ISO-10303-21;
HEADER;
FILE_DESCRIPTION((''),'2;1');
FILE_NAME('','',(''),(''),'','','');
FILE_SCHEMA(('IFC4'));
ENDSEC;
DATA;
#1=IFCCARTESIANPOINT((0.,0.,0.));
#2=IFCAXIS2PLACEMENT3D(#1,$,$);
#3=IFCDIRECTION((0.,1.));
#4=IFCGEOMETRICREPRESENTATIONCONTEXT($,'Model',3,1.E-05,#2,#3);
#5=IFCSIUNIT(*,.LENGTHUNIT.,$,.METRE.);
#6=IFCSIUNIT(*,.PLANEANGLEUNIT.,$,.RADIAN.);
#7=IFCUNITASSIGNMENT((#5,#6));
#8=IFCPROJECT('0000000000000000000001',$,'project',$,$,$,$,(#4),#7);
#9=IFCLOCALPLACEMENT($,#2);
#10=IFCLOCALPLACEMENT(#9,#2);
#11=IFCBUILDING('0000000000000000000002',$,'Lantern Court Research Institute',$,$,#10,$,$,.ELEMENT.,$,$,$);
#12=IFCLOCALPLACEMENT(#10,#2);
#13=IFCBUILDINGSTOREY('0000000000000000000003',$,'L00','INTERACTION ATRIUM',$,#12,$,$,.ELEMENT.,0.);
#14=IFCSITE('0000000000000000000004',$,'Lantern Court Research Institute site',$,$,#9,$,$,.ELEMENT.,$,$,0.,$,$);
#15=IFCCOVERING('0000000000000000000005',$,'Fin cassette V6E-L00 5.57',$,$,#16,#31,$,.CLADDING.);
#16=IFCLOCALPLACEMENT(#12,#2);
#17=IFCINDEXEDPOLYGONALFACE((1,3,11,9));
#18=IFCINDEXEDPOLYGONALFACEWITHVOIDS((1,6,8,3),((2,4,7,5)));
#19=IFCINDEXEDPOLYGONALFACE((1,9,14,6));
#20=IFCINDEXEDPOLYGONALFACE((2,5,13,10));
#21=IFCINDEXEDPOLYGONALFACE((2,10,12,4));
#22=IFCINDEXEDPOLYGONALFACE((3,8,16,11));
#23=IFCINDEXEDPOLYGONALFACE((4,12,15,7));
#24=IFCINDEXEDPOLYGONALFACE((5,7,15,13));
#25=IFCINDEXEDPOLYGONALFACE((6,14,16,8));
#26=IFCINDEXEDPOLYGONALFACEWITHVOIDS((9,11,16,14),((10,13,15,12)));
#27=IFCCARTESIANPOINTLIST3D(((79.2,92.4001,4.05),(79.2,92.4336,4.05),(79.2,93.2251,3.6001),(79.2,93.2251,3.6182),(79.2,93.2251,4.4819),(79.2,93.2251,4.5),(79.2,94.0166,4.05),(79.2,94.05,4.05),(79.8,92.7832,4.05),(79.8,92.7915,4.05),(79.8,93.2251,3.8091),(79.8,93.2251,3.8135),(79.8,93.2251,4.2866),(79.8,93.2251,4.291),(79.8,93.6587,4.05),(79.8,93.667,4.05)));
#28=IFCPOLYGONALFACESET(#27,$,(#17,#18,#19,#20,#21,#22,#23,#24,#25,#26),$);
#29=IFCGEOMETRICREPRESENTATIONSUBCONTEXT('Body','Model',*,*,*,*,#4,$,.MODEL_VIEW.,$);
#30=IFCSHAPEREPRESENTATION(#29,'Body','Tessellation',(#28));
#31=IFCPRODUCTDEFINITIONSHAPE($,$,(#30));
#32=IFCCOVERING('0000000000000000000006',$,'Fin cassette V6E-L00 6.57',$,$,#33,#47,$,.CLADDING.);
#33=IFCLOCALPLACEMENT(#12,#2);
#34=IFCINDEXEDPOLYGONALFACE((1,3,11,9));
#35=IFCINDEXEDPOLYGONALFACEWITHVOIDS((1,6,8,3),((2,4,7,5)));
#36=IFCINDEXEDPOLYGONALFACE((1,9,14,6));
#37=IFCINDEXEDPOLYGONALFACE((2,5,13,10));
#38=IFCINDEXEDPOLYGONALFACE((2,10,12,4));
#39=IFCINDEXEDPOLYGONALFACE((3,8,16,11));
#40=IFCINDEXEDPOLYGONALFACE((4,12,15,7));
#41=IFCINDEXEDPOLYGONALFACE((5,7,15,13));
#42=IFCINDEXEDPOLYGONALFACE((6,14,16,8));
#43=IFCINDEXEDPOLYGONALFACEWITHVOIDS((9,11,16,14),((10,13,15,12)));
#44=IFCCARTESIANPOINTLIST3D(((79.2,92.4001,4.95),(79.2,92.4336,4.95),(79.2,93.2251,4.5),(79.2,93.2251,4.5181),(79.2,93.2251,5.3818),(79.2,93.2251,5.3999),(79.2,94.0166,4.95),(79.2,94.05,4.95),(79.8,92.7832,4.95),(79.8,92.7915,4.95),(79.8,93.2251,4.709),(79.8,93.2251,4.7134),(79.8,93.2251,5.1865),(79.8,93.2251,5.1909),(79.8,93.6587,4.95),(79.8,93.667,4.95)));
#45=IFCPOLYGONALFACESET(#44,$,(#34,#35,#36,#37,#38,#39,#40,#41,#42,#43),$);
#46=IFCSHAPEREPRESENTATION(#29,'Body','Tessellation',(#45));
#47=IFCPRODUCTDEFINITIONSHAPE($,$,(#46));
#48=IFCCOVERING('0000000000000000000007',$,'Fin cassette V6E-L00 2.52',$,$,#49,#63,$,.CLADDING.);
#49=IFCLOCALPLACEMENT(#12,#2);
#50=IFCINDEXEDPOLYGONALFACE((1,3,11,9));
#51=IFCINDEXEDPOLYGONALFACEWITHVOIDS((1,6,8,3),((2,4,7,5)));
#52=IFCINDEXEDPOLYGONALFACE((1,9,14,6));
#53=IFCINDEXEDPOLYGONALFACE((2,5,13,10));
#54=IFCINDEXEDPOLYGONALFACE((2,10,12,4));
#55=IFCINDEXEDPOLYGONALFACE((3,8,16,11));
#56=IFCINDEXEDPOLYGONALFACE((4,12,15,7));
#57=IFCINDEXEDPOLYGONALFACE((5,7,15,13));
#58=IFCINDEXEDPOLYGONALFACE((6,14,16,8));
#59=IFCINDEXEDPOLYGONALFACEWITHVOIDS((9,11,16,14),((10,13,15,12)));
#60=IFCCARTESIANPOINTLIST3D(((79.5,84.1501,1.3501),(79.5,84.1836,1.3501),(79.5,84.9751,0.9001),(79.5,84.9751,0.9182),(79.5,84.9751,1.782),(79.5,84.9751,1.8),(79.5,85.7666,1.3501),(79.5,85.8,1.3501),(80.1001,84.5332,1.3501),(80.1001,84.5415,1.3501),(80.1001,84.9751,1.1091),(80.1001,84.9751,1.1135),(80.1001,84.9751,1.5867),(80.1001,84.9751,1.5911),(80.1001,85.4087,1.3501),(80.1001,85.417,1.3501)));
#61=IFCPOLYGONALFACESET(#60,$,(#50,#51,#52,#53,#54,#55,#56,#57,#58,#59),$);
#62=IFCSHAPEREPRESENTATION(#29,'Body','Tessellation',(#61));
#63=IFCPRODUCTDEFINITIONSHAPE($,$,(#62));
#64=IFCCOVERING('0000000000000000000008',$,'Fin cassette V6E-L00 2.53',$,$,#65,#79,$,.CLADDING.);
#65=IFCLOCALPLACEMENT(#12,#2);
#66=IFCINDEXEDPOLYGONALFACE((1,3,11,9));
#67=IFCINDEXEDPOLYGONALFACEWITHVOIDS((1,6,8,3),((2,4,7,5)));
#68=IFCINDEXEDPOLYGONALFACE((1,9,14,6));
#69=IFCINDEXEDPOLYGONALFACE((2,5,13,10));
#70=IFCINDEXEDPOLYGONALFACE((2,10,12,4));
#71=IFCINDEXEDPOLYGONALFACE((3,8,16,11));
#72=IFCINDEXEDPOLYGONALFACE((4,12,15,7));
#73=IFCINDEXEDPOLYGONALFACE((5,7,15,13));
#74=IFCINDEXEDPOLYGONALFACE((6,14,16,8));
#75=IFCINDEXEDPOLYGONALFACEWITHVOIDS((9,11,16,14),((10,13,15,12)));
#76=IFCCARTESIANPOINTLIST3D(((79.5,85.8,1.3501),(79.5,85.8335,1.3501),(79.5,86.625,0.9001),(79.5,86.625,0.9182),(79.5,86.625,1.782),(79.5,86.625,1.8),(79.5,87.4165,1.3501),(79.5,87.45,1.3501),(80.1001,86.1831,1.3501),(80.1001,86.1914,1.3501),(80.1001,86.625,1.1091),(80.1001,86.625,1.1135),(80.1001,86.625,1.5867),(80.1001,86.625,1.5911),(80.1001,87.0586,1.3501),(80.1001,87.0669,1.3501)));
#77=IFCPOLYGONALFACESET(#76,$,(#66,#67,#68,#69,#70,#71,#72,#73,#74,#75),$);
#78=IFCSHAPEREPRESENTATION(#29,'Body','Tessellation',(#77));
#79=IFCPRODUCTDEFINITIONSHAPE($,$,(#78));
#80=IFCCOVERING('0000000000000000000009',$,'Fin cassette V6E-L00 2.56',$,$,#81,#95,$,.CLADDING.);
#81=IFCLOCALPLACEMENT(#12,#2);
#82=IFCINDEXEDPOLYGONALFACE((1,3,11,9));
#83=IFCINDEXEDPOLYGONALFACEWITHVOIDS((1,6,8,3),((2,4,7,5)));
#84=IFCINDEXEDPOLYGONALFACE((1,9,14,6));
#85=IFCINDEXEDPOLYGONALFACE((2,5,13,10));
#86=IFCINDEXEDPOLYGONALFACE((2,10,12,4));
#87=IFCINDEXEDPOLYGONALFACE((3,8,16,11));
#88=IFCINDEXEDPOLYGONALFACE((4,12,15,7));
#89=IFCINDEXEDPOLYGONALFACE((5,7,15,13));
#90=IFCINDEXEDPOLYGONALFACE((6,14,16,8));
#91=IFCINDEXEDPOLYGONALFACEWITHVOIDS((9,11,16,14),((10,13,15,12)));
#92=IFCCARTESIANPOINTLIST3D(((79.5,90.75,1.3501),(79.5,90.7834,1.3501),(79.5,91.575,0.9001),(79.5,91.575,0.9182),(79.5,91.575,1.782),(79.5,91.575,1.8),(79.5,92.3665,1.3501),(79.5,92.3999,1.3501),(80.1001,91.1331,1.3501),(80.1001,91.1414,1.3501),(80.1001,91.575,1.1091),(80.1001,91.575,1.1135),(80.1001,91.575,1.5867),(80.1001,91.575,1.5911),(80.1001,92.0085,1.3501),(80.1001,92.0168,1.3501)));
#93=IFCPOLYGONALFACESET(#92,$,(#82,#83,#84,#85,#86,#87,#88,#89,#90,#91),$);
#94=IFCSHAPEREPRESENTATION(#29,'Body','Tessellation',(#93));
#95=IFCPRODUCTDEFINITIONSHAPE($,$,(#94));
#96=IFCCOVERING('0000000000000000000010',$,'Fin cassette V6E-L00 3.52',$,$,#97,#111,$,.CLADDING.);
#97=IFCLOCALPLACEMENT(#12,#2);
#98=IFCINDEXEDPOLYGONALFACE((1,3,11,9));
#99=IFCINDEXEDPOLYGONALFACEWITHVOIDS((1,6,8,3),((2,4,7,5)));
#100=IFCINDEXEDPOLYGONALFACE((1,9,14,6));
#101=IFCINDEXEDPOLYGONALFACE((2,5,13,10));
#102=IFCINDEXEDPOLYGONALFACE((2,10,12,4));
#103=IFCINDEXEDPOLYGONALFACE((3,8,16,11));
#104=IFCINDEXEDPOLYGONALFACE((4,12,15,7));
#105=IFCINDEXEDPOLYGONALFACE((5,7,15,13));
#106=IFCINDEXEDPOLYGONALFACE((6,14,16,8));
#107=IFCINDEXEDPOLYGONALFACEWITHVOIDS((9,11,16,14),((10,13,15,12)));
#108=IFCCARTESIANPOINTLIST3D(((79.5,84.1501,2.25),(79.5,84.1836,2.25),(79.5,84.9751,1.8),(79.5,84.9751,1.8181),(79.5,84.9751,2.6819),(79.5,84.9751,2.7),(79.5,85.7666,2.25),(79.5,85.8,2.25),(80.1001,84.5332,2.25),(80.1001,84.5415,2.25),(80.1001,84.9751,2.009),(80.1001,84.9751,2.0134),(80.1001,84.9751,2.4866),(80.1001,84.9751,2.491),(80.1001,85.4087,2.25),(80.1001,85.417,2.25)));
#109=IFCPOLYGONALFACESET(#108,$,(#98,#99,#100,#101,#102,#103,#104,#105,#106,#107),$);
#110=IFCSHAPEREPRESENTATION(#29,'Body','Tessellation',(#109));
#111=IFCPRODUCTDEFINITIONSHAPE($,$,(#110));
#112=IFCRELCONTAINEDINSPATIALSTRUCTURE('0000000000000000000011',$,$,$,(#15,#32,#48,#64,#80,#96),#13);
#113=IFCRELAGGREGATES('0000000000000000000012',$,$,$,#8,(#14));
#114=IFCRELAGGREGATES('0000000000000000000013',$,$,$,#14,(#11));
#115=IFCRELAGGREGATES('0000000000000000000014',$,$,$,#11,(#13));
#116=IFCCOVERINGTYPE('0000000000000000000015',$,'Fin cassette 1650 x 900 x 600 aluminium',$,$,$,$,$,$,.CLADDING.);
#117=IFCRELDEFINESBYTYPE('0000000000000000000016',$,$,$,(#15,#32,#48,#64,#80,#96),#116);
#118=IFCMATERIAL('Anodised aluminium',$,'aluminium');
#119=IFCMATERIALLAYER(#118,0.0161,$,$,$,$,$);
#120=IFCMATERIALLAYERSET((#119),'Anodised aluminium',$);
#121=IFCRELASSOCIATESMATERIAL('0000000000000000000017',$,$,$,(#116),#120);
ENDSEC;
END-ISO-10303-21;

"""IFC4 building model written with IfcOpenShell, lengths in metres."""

from ifc_helpers import new_model, entity, si_unit, direction, frame, origin, place, context, subcontext, project, spatial, material, layer, layer_set, type_object, element, save


model = new_model("IFC4")

# Units and contexts
model_context = context("Model", 3, precision=1e-05, world=origin(), true_north=direction((0.0, 1.0)))
body_context = subcontext(model_context, "Body", "Model", "MODEL_VIEW")
ifc_project = project(units=[si_unit("LENGTHUNIT", "METRE"), si_unit("PLANEANGLEUNIT", "RADIAN")], contexts=[model_context])

# Site, building, storey
site_placement = place(None, origin())
site = spatial("IfcSite", under=ifc_project, at=site_placement, Name="Lantern Court Research Institute site", CompositionType="ELEMENT", RefElevation=0.0)
building_placement = place(site_placement, origin())
building = spatial("IfcBuilding", under=site, at=building_placement, Name="Lantern Court Research Institute", CompositionType="ELEMENT")
storey_placement = place(building_placement, origin())
storey = spatial("IfcBuildingStorey", under=building, at=storey_placement, Name="L00", Description="INTERACTION ATRIUM", CompositionType="ELEMENT", Elevation=0.0)

# Coverings
ifc_material_1 = material(Name="Anodised aluminium", Category="aluminium")
ifc_layer_1 = layer(ifc_material_1, 0.0161)
ifc_layer_set_1 = layer_set([ifc_layer_1], Name="Anodised aluminium")
covering_type_1 = type_object("IfcCoveringType", Name="Fin cassette 1650 x 900 x 600 aluminium", PredefinedType="CLADDING", material=ifc_layer_set_1)
covering_1_placement = place(storey_placement, frame((79.2, 93.2251, 4.05), z_axis=(1.0, 0.0, 0.0), x_axis=(0.0, 1.0, 0.0)))
cartesian_point_1 = entity("IfcCartesianPoint", [0.825, 0.0])
cartesian_point_2 = entity("IfcCartesianPoint", [0.7915, 0.0])
cartesian_point_3 = entity("IfcCartesianPoint", [0.4419, 0.0])
cartesian_point_4 = entity("IfcCartesianPoint", [0.4336, 0.0])
element("IfcCovering", 1, at=covering_1_placement, inside=storey, type_object=covering_type_1, Name="Fin cassette V6E-L00 5.57", PredefinedType="CLADDING", context=body_context, shape_type="SweptSolid", body=[
    entity("IfcExtrudedAreaSolidTapered", entity("IfcArbitraryProfileDefWithVoids", "AREA", None, entity("IfcPolyline", [cartesian_point_1, entity("IfcCartesianPoint", [0.0, 0.45]), entity("IfcCartesianPoint", [-0.825, 0.0]), entity("IfcCartesianPoint", [0.0, -0.45]), cartesian_point_1]), [entity("IfcPolyline", [cartesian_point_2, entity("IfcCartesianPoint", [0.0, 0.4319]), entity("IfcCartesianPoint", [-0.7915, 0.0]), entity("IfcCartesianPoint", [0.0, -0.4319]), cartesian_point_2])]), entity("IfcAxis2Placement3D", entity("IfcCartesianPoint", [0.0, 0.0, 0.0])), entity("IfcDirection", [0.0, 0.0, 1.0]), 0.6001, entity("IfcArbitraryProfileDefWithVoids", "AREA", None, entity("IfcPolyline", [cartesian_point_3, entity("IfcCartesianPoint", [0.0, 0.241]), entity("IfcCartesianPoint", [-0.4419, 0.0]), entity("IfcCartesianPoint", [0.0, -0.241]), cartesian_point_3]), [entity("IfcPolyline", [cartesian_point_4, entity("IfcCartesianPoint", [0.0, 0.2366]), entity("IfcCartesianPoint", [-0.4336, 0.0]), entity("IfcCartesianPoint", [0.0, -0.2366]), cartesian_point_4])])),
])
covering_2_placement = place(storey_placement, frame((79.2, 93.2251, 4.95), z_axis=(1.0, 0.0, 0.0), x_axis=(0.0, 1.0, 0.0)))
cartesian_point_5 = entity("IfcCartesianPoint", [0.825, 0.0])
cartesian_point_6 = entity("IfcCartesianPoint", [0.7915, 0.0])
cartesian_point_7 = entity("IfcCartesianPoint", [0.4419, 0.0])
cartesian_point_8 = entity("IfcCartesianPoint", [0.4336, 0.0])
element("IfcCovering", 2, at=covering_2_placement, inside=storey, type_object=covering_type_1, Name="Fin cassette V6E-L00 6.57", PredefinedType="CLADDING", context=body_context, shape_type="SweptSolid", body=[
    entity("IfcExtrudedAreaSolidTapered", entity("IfcArbitraryProfileDefWithVoids", "AREA", None, entity("IfcPolyline", [cartesian_point_5, entity("IfcCartesianPoint", [0.0, 0.45]), entity("IfcCartesianPoint", [-0.825, 0.0]), entity("IfcCartesianPoint", [0.0, -0.45]), cartesian_point_5]), [entity("IfcPolyline", [cartesian_point_6, entity("IfcCartesianPoint", [0.0, 0.4319]), entity("IfcCartesianPoint", [-0.7915, 0.0]), entity("IfcCartesianPoint", [0.0, -0.4319]), cartesian_point_6])]), entity("IfcAxis2Placement3D", entity("IfcCartesianPoint", [0.0, 0.0, 0.0])), entity("IfcDirection", [0.0, 0.0, 1.0]), 0.6001, entity("IfcArbitraryProfileDefWithVoids", "AREA", None, entity("IfcPolyline", [cartesian_point_7, entity("IfcCartesianPoint", [0.0, 0.241]), entity("IfcCartesianPoint", [-0.4419, 0.0]), entity("IfcCartesianPoint", [0.0, -0.241]), cartesian_point_7]), [entity("IfcPolyline", [cartesian_point_8, entity("IfcCartesianPoint", [0.0, 0.2366]), entity("IfcCartesianPoint", [-0.4336, 0.0]), entity("IfcCartesianPoint", [0.0, -0.2366]), cartesian_point_8])])),
])
covering_3_placement = place(storey_placement, frame((79.5, 84.9751, 1.3501), z_axis=(1.0, 0.0, 0.0), x_axis=(0.0, 1.0, 0.0)))
cartesian_point_9 = entity("IfcCartesianPoint", [0.825, 0.0])
cartesian_point_10 = entity("IfcCartesianPoint", [0.7915, 0.0])
cartesian_point_11 = entity("IfcCartesianPoint", [0.4419, 0.0])
cartesian_point_12 = entity("IfcCartesianPoint", [0.4336, 0.0])
element("IfcCovering", 3, at=covering_3_placement, inside=storey, type_object=covering_type_1, Name="Fin cassette V6E-L00 2.52", PredefinedType="CLADDING", context=body_context, shape_type="SweptSolid", body=[
    entity("IfcExtrudedAreaSolidTapered", entity("IfcArbitraryProfileDefWithVoids", "AREA", None, entity("IfcPolyline", [cartesian_point_9, entity("IfcCartesianPoint", [0.0, 0.45]), entity("IfcCartesianPoint", [-0.825, 0.0]), entity("IfcCartesianPoint", [0.0, -0.45]), cartesian_point_9]), [entity("IfcPolyline", [cartesian_point_10, entity("IfcCartesianPoint", [0.0, 0.4319]), entity("IfcCartesianPoint", [-0.7915, 0.0]), entity("IfcCartesianPoint", [0.0, -0.4319]), cartesian_point_10])]), entity("IfcAxis2Placement3D", entity("IfcCartesianPoint", [0.0, 0.0, 0.0])), entity("IfcDirection", [0.0, 0.0, 1.0]), 0.6001, entity("IfcArbitraryProfileDefWithVoids", "AREA", None, entity("IfcPolyline", [cartesian_point_11, entity("IfcCartesianPoint", [0.0, 0.241]), entity("IfcCartesianPoint", [-0.4419, 0.0]), entity("IfcCartesianPoint", [0.0, -0.241]), cartesian_point_11]), [entity("IfcPolyline", [cartesian_point_12, entity("IfcCartesianPoint", [0.0, 0.2366]), entity("IfcCartesianPoint", [-0.4336, 0.0]), entity("IfcCartesianPoint", [0.0, -0.2366]), cartesian_point_12])])),
])
covering_4_placement = place(storey_placement, frame((79.5, 86.625, 1.3501), z_axis=(1.0, 0.0, 0.0), x_axis=(0.0, 1.0, 0.0)))
cartesian_point_13 = entity("IfcCartesianPoint", [0.825, 0.0])
cartesian_point_14 = entity("IfcCartesianPoint", [0.7915, 0.0])
cartesian_point_15 = entity("IfcCartesianPoint", [0.4419, 0.0])
cartesian_point_16 = entity("IfcCartesianPoint", [0.4336, 0.0])
element("IfcCovering", 4, at=covering_4_placement, inside=storey, type_object=covering_type_1, Name="Fin cassette V6E-L00 2.53", PredefinedType="CLADDING", context=body_context, shape_type="SweptSolid", body=[
    entity("IfcExtrudedAreaSolidTapered", entity("IfcArbitraryProfileDefWithVoids", "AREA", None, entity("IfcPolyline", [cartesian_point_13, entity("IfcCartesianPoint", [0.0, 0.45]), entity("IfcCartesianPoint", [-0.825, 0.0]), entity("IfcCartesianPoint", [0.0, -0.45]), cartesian_point_13]), [entity("IfcPolyline", [cartesian_point_14, entity("IfcCartesianPoint", [0.0, 0.4319]), entity("IfcCartesianPoint", [-0.7915, 0.0]), entity("IfcCartesianPoint", [0.0, -0.4319]), cartesian_point_14])]), entity("IfcAxis2Placement3D", entity("IfcCartesianPoint", [0.0, 0.0, 0.0])), entity("IfcDirection", [0.0, 0.0, 1.0]), 0.6001, entity("IfcArbitraryProfileDefWithVoids", "AREA", None, entity("IfcPolyline", [cartesian_point_15, entity("IfcCartesianPoint", [0.0, 0.241]), entity("IfcCartesianPoint", [-0.4419, 0.0]), entity("IfcCartesianPoint", [0.0, -0.241]), cartesian_point_15]), [entity("IfcPolyline", [cartesian_point_16, entity("IfcCartesianPoint", [0.0, 0.2366]), entity("IfcCartesianPoint", [-0.4336, 0.0]), entity("IfcCartesianPoint", [0.0, -0.2366]), cartesian_point_16])])),
])
covering_5_placement = place(storey_placement, frame((79.5, 91.575, 1.3501), z_axis=(1.0, 0.0, 0.0), x_axis=(0.0, 1.0, 0.0)))
cartesian_point_17 = entity("IfcCartesianPoint", [0.825, 0.0])
cartesian_point_18 = entity("IfcCartesianPoint", [0.7915, 0.0])
cartesian_point_19 = entity("IfcCartesianPoint", [0.4419, 0.0])
cartesian_point_20 = entity("IfcCartesianPoint", [0.4336, 0.0])
element("IfcCovering", 5, at=covering_5_placement, inside=storey, type_object=covering_type_1, Name="Fin cassette V6E-L00 2.56", PredefinedType="CLADDING", context=body_context, shape_type="SweptSolid", body=[
    entity("IfcExtrudedAreaSolidTapered", entity("IfcArbitraryProfileDefWithVoids", "AREA", None, entity("IfcPolyline", [cartesian_point_17, entity("IfcCartesianPoint", [0.0, 0.45]), entity("IfcCartesianPoint", [-0.825, 0.0]), entity("IfcCartesianPoint", [0.0, -0.45]), cartesian_point_17]), [entity("IfcPolyline", [cartesian_point_18, entity("IfcCartesianPoint", [0.0, 0.4319]), entity("IfcCartesianPoint", [-0.7915, 0.0]), entity("IfcCartesianPoint", [0.0, -0.4319]), cartesian_point_18])]), entity("IfcAxis2Placement3D", entity("IfcCartesianPoint", [0.0, 0.0, 0.0])), entity("IfcDirection", [0.0, 0.0, 1.0]), 0.6001, entity("IfcArbitraryProfileDefWithVoids", "AREA", None, entity("IfcPolyline", [cartesian_point_19, entity("IfcCartesianPoint", [0.0, 0.241]), entity("IfcCartesianPoint", [-0.4419, 0.0]), entity("IfcCartesianPoint", [0.0, -0.241]), cartesian_point_19]), [entity("IfcPolyline", [cartesian_point_20, entity("IfcCartesianPoint", [0.0, 0.2366]), entity("IfcCartesianPoint", [-0.4336, 0.0]), entity("IfcCartesianPoint", [0.0, -0.2366]), cartesian_point_20])])),
])
covering_6_placement = place(storey_placement, frame((79.5, 84.9751, 2.25), z_axis=(1.0, 0.0, 0.0), x_axis=(0.0, 1.0, 0.0)))
cartesian_point_21 = entity("IfcCartesianPoint", [0.825, 0.0])
cartesian_point_22 = entity("IfcCartesianPoint", [0.7915, 0.0])
cartesian_point_23 = entity("IfcCartesianPoint", [0.4419, 0.0])
cartesian_point_24 = entity("IfcCartesianPoint", [0.4336, 0.0])
element("IfcCovering", 6, at=covering_6_placement, inside=storey, type_object=covering_type_1, Name="Fin cassette V6E-L00 3.52", PredefinedType="CLADDING", context=body_context, shape_type="SweptSolid", body=[
    entity("IfcExtrudedAreaSolidTapered", entity("IfcArbitraryProfileDefWithVoids", "AREA", None, entity("IfcPolyline", [cartesian_point_21, entity("IfcCartesianPoint", [0.0, 0.45]), entity("IfcCartesianPoint", [-0.825, 0.0]), entity("IfcCartesianPoint", [0.0, -0.45]), cartesian_point_21]), [entity("IfcPolyline", [cartesian_point_22, entity("IfcCartesianPoint", [0.0, 0.4319]), entity("IfcCartesianPoint", [-0.7915, 0.0]), entity("IfcCartesianPoint", [0.0, -0.4319]), cartesian_point_22])]), entity("IfcAxis2Placement3D", entity("IfcCartesianPoint", [0.0, 0.0, 0.0])), entity("IfcDirection", [0.0, 0.0, 1.0]), 0.6001, entity("IfcArbitraryProfileDefWithVoids", "AREA", None, entity("IfcPolyline", [cartesian_point_23, entity("IfcCartesianPoint", [0.0, 0.241]), entity("IfcCartesianPoint", [-0.4419, 0.0]), entity("IfcCartesianPoint", [0.0, -0.241]), cartesian_point_23]), [entity("IfcPolyline", [cartesian_point_24, entity("IfcCartesianPoint", [0.0, 0.2366]), entity("IfcCartesianPoint", [-0.4336, 0.0]), entity("IfcCartesianPoint", [0.0, -0.2366]), cartesian_point_24])])),
])

save(model, "model.ifc")
